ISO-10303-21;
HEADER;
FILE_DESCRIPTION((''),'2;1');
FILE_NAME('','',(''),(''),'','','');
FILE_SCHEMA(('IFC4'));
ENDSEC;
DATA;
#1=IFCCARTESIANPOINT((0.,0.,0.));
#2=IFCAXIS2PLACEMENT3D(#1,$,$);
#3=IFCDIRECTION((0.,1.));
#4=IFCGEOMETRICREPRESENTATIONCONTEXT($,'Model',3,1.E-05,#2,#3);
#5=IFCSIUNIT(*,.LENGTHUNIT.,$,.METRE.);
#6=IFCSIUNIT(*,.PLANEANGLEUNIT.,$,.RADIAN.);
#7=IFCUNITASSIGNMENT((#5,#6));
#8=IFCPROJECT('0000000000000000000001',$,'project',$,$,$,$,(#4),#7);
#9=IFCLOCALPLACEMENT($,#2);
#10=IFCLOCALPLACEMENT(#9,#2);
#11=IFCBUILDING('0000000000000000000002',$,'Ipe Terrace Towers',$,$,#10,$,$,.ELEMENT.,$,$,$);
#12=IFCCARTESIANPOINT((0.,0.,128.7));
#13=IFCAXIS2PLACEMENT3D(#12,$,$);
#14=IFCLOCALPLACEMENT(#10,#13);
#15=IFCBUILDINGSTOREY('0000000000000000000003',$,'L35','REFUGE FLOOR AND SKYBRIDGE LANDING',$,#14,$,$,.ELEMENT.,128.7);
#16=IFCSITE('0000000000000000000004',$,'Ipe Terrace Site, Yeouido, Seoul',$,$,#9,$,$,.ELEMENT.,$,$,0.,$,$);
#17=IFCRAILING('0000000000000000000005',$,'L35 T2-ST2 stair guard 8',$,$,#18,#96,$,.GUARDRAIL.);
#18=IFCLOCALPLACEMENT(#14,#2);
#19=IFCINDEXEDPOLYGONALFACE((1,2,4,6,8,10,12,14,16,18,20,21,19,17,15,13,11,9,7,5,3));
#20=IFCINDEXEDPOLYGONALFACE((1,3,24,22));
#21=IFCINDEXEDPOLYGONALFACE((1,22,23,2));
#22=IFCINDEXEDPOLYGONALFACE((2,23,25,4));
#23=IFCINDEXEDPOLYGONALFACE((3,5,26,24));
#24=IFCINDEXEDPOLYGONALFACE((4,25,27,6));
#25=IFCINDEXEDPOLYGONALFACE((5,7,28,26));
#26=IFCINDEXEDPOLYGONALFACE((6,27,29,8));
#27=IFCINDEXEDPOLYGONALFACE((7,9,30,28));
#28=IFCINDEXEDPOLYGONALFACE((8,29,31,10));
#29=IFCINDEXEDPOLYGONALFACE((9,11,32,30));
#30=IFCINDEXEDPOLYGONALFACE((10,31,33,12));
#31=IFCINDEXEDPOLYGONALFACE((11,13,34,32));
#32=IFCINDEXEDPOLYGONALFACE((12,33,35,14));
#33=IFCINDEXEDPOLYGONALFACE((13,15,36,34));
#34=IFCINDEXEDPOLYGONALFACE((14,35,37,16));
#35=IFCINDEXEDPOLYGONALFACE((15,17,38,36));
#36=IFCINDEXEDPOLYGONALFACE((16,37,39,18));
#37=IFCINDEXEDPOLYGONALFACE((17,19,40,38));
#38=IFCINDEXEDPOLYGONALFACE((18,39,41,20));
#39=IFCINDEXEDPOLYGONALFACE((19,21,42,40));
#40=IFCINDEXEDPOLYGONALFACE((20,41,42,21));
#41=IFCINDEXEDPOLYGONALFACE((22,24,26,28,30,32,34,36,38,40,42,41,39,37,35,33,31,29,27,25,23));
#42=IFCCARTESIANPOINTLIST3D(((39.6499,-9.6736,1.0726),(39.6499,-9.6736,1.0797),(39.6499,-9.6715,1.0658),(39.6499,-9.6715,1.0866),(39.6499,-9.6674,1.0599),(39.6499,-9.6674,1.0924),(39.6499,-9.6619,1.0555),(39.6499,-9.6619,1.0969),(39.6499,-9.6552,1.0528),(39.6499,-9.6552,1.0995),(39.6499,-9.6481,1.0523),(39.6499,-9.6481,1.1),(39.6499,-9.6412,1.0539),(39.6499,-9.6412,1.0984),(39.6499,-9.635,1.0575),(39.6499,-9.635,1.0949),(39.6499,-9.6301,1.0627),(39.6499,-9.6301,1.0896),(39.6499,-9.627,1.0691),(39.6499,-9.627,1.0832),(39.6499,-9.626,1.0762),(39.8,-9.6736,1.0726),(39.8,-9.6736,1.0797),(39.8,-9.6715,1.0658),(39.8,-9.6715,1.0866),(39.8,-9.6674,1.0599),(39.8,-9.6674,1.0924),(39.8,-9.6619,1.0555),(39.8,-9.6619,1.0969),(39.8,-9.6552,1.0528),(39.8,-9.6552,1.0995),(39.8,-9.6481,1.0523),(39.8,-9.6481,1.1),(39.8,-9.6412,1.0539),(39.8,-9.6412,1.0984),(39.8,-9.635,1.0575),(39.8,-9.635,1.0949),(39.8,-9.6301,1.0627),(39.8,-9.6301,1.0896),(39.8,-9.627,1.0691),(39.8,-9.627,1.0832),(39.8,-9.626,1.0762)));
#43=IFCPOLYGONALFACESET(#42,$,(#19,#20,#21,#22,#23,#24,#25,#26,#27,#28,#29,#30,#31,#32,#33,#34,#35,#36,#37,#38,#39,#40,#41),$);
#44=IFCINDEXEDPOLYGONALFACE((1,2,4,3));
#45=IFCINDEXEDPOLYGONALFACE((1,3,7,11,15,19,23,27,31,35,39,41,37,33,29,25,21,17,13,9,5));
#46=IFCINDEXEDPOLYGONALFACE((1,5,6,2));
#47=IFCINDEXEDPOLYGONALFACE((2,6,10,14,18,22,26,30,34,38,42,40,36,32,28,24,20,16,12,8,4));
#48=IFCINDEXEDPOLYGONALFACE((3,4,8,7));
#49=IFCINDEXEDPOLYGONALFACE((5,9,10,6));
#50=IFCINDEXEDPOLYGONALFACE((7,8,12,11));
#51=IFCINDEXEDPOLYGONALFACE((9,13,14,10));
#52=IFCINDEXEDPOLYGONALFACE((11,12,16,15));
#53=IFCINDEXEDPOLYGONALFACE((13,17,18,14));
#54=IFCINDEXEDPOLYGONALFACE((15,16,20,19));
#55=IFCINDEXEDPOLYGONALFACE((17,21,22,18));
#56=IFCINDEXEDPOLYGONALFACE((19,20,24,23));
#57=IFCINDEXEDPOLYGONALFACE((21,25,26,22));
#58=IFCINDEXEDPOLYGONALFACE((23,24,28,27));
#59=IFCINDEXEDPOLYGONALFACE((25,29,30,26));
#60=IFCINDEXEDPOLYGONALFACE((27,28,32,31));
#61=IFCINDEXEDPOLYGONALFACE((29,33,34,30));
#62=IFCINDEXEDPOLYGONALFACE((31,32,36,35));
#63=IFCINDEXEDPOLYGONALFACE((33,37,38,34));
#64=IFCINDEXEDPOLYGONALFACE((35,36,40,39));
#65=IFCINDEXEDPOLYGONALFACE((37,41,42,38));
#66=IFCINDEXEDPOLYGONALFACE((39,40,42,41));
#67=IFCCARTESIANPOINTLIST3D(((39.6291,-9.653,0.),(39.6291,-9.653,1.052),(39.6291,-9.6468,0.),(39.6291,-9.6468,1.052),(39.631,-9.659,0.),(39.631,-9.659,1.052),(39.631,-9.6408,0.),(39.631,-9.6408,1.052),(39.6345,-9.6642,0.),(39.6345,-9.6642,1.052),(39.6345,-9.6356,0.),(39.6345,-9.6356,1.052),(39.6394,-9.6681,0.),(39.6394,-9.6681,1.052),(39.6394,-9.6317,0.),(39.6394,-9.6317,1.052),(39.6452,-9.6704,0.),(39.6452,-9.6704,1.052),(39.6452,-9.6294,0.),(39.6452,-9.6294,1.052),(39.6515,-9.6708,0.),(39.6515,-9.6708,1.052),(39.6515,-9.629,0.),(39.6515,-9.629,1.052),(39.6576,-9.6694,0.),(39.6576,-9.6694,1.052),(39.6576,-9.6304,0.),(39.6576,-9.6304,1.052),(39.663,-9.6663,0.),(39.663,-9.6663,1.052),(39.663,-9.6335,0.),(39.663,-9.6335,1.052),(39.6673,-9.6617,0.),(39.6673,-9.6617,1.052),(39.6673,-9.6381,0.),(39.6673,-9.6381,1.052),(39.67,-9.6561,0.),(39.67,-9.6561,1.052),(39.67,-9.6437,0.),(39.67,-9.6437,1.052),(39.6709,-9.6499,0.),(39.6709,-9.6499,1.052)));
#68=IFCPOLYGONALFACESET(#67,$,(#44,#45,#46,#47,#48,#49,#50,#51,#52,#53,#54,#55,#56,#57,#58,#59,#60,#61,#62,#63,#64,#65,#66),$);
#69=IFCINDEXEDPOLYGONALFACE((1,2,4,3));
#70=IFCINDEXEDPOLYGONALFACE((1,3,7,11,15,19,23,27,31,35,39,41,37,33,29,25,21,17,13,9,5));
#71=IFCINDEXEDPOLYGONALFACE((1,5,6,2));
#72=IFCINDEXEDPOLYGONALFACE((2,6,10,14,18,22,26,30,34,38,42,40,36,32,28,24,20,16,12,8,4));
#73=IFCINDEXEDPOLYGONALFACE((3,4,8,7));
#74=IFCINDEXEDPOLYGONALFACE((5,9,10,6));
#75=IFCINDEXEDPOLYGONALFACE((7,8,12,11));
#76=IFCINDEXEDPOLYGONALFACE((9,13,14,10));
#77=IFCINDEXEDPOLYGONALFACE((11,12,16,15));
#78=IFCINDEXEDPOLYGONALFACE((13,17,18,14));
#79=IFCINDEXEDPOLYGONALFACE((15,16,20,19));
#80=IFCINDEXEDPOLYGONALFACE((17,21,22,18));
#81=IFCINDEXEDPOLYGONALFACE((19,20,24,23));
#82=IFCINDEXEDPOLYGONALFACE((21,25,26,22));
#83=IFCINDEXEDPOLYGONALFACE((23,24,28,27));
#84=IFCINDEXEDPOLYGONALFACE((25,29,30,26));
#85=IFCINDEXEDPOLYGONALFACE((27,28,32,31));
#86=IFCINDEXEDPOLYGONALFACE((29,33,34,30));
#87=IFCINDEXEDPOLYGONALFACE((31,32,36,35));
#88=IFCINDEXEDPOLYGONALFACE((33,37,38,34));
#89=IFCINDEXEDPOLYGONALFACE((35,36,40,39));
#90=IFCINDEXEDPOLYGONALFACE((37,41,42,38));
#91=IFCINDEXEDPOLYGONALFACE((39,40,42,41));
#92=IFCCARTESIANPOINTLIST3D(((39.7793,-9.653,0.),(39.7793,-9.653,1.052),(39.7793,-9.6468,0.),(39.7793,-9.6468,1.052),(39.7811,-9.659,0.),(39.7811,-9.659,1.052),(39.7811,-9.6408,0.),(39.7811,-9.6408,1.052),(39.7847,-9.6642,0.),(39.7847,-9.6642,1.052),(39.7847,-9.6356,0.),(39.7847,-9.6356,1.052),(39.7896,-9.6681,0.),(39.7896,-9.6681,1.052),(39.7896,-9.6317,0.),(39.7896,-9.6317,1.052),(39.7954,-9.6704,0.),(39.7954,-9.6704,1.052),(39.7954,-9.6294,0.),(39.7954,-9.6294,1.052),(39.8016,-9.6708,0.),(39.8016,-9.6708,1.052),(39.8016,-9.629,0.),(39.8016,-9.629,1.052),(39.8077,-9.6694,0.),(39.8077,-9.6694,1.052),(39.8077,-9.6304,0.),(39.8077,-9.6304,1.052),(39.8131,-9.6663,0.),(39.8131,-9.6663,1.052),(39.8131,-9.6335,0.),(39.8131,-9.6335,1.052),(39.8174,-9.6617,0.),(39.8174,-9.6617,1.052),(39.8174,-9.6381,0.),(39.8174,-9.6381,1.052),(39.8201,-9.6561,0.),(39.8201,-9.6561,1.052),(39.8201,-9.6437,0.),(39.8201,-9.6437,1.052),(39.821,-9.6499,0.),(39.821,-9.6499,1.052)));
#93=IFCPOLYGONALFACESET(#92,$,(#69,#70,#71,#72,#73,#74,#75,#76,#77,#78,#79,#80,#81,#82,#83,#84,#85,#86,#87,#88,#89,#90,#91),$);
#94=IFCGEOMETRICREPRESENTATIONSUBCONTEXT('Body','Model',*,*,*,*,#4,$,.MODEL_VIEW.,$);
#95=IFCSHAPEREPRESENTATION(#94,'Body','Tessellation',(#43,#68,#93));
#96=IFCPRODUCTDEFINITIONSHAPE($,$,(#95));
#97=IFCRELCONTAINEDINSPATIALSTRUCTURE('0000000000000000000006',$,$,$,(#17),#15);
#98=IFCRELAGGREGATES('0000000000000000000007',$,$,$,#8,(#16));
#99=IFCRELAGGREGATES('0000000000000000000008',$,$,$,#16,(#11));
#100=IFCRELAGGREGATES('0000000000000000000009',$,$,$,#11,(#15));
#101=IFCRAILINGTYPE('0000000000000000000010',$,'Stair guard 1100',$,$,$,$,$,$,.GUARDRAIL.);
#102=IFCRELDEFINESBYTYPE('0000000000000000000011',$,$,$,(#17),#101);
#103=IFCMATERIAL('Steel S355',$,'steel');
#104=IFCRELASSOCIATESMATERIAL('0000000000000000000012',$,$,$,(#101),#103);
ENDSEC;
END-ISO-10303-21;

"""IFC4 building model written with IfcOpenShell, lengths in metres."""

from ifc_helpers import new_model, si_unit, direction, frame, origin, origin_2d, place, context, subcontext, project, spatial, circle, extrude, material, type_object, element, save


model = new_model("IFC4")

# Units and contexts
model_context = context("Model", 3, precision=1e-05, world=origin(), true_north=direction((0.0, 1.0)))
body_context = subcontext(model_context, "Body", "Model", "MODEL_VIEW")
ifc_project = project(units=[si_unit("LENGTHUNIT", "METRE"), si_unit("PLANEANGLEUNIT", "RADIAN")], contexts=[model_context])

# Site, building, storey
site_placement = place(None, origin())
site = spatial("IfcSite", under=ifc_project, at=site_placement, Name="Ipe Terrace Site, Yeouido, Seoul", CompositionType="ELEMENT", RefElevation=0.0)
building_placement = place(site_placement, origin())
building = spatial("IfcBuilding", under=site, at=building_placement, Name="Ipe Terrace Towers", CompositionType="ELEMENT")
storey_placement = place(building_placement, frame((0.0, 0.0, 128.7)))
storey = spatial("IfcBuildingStorey", under=building, at=storey_placement, Name="L35", Description="REFUGE FLOOR AND SKYBRIDGE LANDING", CompositionType="ELEMENT", Elevation=128.7)

# Railing
ifc_material_1 = material(Name="Steel S355", Category="steel")
railing_type = type_object("IfcRailingType", Name="Stair guard 1100", PredefinedType="GUARDRAIL", material=ifc_material_1)
railing_placement = place(storey_placement, frame((39.6499, -9.6499, 0.0)))
element("IfcRailing", 1, at=railing_placement, inside=storey, type_object=railing_type, Name="L35 T2-ST2 stair guard 8", PredefinedType="GUARDRAIL", context=body_context, shape_type="SweptSolid", body=[
    extrude(circle(Radius=0.0239, at=origin_2d()), frame((0.0, 0.0, 1.0762), z_axis=(1.0, 0.0, 0.0), x_axis=(0.0, 1.0, 0.0)), (0.0, 0.0, 1.0), 0.1501),
    extrude(circle(Radius=0.021, at=origin_2d()), origin(), (0.0, 0.0, 1.0), 1.052),
    extrude(circle(Radius=0.021, at=origin_2d()), frame((0.1501, 0.0, 0.0)), (0.0, 0.0, 1.0), 1.052),
])

save(model, "model.ifc")
